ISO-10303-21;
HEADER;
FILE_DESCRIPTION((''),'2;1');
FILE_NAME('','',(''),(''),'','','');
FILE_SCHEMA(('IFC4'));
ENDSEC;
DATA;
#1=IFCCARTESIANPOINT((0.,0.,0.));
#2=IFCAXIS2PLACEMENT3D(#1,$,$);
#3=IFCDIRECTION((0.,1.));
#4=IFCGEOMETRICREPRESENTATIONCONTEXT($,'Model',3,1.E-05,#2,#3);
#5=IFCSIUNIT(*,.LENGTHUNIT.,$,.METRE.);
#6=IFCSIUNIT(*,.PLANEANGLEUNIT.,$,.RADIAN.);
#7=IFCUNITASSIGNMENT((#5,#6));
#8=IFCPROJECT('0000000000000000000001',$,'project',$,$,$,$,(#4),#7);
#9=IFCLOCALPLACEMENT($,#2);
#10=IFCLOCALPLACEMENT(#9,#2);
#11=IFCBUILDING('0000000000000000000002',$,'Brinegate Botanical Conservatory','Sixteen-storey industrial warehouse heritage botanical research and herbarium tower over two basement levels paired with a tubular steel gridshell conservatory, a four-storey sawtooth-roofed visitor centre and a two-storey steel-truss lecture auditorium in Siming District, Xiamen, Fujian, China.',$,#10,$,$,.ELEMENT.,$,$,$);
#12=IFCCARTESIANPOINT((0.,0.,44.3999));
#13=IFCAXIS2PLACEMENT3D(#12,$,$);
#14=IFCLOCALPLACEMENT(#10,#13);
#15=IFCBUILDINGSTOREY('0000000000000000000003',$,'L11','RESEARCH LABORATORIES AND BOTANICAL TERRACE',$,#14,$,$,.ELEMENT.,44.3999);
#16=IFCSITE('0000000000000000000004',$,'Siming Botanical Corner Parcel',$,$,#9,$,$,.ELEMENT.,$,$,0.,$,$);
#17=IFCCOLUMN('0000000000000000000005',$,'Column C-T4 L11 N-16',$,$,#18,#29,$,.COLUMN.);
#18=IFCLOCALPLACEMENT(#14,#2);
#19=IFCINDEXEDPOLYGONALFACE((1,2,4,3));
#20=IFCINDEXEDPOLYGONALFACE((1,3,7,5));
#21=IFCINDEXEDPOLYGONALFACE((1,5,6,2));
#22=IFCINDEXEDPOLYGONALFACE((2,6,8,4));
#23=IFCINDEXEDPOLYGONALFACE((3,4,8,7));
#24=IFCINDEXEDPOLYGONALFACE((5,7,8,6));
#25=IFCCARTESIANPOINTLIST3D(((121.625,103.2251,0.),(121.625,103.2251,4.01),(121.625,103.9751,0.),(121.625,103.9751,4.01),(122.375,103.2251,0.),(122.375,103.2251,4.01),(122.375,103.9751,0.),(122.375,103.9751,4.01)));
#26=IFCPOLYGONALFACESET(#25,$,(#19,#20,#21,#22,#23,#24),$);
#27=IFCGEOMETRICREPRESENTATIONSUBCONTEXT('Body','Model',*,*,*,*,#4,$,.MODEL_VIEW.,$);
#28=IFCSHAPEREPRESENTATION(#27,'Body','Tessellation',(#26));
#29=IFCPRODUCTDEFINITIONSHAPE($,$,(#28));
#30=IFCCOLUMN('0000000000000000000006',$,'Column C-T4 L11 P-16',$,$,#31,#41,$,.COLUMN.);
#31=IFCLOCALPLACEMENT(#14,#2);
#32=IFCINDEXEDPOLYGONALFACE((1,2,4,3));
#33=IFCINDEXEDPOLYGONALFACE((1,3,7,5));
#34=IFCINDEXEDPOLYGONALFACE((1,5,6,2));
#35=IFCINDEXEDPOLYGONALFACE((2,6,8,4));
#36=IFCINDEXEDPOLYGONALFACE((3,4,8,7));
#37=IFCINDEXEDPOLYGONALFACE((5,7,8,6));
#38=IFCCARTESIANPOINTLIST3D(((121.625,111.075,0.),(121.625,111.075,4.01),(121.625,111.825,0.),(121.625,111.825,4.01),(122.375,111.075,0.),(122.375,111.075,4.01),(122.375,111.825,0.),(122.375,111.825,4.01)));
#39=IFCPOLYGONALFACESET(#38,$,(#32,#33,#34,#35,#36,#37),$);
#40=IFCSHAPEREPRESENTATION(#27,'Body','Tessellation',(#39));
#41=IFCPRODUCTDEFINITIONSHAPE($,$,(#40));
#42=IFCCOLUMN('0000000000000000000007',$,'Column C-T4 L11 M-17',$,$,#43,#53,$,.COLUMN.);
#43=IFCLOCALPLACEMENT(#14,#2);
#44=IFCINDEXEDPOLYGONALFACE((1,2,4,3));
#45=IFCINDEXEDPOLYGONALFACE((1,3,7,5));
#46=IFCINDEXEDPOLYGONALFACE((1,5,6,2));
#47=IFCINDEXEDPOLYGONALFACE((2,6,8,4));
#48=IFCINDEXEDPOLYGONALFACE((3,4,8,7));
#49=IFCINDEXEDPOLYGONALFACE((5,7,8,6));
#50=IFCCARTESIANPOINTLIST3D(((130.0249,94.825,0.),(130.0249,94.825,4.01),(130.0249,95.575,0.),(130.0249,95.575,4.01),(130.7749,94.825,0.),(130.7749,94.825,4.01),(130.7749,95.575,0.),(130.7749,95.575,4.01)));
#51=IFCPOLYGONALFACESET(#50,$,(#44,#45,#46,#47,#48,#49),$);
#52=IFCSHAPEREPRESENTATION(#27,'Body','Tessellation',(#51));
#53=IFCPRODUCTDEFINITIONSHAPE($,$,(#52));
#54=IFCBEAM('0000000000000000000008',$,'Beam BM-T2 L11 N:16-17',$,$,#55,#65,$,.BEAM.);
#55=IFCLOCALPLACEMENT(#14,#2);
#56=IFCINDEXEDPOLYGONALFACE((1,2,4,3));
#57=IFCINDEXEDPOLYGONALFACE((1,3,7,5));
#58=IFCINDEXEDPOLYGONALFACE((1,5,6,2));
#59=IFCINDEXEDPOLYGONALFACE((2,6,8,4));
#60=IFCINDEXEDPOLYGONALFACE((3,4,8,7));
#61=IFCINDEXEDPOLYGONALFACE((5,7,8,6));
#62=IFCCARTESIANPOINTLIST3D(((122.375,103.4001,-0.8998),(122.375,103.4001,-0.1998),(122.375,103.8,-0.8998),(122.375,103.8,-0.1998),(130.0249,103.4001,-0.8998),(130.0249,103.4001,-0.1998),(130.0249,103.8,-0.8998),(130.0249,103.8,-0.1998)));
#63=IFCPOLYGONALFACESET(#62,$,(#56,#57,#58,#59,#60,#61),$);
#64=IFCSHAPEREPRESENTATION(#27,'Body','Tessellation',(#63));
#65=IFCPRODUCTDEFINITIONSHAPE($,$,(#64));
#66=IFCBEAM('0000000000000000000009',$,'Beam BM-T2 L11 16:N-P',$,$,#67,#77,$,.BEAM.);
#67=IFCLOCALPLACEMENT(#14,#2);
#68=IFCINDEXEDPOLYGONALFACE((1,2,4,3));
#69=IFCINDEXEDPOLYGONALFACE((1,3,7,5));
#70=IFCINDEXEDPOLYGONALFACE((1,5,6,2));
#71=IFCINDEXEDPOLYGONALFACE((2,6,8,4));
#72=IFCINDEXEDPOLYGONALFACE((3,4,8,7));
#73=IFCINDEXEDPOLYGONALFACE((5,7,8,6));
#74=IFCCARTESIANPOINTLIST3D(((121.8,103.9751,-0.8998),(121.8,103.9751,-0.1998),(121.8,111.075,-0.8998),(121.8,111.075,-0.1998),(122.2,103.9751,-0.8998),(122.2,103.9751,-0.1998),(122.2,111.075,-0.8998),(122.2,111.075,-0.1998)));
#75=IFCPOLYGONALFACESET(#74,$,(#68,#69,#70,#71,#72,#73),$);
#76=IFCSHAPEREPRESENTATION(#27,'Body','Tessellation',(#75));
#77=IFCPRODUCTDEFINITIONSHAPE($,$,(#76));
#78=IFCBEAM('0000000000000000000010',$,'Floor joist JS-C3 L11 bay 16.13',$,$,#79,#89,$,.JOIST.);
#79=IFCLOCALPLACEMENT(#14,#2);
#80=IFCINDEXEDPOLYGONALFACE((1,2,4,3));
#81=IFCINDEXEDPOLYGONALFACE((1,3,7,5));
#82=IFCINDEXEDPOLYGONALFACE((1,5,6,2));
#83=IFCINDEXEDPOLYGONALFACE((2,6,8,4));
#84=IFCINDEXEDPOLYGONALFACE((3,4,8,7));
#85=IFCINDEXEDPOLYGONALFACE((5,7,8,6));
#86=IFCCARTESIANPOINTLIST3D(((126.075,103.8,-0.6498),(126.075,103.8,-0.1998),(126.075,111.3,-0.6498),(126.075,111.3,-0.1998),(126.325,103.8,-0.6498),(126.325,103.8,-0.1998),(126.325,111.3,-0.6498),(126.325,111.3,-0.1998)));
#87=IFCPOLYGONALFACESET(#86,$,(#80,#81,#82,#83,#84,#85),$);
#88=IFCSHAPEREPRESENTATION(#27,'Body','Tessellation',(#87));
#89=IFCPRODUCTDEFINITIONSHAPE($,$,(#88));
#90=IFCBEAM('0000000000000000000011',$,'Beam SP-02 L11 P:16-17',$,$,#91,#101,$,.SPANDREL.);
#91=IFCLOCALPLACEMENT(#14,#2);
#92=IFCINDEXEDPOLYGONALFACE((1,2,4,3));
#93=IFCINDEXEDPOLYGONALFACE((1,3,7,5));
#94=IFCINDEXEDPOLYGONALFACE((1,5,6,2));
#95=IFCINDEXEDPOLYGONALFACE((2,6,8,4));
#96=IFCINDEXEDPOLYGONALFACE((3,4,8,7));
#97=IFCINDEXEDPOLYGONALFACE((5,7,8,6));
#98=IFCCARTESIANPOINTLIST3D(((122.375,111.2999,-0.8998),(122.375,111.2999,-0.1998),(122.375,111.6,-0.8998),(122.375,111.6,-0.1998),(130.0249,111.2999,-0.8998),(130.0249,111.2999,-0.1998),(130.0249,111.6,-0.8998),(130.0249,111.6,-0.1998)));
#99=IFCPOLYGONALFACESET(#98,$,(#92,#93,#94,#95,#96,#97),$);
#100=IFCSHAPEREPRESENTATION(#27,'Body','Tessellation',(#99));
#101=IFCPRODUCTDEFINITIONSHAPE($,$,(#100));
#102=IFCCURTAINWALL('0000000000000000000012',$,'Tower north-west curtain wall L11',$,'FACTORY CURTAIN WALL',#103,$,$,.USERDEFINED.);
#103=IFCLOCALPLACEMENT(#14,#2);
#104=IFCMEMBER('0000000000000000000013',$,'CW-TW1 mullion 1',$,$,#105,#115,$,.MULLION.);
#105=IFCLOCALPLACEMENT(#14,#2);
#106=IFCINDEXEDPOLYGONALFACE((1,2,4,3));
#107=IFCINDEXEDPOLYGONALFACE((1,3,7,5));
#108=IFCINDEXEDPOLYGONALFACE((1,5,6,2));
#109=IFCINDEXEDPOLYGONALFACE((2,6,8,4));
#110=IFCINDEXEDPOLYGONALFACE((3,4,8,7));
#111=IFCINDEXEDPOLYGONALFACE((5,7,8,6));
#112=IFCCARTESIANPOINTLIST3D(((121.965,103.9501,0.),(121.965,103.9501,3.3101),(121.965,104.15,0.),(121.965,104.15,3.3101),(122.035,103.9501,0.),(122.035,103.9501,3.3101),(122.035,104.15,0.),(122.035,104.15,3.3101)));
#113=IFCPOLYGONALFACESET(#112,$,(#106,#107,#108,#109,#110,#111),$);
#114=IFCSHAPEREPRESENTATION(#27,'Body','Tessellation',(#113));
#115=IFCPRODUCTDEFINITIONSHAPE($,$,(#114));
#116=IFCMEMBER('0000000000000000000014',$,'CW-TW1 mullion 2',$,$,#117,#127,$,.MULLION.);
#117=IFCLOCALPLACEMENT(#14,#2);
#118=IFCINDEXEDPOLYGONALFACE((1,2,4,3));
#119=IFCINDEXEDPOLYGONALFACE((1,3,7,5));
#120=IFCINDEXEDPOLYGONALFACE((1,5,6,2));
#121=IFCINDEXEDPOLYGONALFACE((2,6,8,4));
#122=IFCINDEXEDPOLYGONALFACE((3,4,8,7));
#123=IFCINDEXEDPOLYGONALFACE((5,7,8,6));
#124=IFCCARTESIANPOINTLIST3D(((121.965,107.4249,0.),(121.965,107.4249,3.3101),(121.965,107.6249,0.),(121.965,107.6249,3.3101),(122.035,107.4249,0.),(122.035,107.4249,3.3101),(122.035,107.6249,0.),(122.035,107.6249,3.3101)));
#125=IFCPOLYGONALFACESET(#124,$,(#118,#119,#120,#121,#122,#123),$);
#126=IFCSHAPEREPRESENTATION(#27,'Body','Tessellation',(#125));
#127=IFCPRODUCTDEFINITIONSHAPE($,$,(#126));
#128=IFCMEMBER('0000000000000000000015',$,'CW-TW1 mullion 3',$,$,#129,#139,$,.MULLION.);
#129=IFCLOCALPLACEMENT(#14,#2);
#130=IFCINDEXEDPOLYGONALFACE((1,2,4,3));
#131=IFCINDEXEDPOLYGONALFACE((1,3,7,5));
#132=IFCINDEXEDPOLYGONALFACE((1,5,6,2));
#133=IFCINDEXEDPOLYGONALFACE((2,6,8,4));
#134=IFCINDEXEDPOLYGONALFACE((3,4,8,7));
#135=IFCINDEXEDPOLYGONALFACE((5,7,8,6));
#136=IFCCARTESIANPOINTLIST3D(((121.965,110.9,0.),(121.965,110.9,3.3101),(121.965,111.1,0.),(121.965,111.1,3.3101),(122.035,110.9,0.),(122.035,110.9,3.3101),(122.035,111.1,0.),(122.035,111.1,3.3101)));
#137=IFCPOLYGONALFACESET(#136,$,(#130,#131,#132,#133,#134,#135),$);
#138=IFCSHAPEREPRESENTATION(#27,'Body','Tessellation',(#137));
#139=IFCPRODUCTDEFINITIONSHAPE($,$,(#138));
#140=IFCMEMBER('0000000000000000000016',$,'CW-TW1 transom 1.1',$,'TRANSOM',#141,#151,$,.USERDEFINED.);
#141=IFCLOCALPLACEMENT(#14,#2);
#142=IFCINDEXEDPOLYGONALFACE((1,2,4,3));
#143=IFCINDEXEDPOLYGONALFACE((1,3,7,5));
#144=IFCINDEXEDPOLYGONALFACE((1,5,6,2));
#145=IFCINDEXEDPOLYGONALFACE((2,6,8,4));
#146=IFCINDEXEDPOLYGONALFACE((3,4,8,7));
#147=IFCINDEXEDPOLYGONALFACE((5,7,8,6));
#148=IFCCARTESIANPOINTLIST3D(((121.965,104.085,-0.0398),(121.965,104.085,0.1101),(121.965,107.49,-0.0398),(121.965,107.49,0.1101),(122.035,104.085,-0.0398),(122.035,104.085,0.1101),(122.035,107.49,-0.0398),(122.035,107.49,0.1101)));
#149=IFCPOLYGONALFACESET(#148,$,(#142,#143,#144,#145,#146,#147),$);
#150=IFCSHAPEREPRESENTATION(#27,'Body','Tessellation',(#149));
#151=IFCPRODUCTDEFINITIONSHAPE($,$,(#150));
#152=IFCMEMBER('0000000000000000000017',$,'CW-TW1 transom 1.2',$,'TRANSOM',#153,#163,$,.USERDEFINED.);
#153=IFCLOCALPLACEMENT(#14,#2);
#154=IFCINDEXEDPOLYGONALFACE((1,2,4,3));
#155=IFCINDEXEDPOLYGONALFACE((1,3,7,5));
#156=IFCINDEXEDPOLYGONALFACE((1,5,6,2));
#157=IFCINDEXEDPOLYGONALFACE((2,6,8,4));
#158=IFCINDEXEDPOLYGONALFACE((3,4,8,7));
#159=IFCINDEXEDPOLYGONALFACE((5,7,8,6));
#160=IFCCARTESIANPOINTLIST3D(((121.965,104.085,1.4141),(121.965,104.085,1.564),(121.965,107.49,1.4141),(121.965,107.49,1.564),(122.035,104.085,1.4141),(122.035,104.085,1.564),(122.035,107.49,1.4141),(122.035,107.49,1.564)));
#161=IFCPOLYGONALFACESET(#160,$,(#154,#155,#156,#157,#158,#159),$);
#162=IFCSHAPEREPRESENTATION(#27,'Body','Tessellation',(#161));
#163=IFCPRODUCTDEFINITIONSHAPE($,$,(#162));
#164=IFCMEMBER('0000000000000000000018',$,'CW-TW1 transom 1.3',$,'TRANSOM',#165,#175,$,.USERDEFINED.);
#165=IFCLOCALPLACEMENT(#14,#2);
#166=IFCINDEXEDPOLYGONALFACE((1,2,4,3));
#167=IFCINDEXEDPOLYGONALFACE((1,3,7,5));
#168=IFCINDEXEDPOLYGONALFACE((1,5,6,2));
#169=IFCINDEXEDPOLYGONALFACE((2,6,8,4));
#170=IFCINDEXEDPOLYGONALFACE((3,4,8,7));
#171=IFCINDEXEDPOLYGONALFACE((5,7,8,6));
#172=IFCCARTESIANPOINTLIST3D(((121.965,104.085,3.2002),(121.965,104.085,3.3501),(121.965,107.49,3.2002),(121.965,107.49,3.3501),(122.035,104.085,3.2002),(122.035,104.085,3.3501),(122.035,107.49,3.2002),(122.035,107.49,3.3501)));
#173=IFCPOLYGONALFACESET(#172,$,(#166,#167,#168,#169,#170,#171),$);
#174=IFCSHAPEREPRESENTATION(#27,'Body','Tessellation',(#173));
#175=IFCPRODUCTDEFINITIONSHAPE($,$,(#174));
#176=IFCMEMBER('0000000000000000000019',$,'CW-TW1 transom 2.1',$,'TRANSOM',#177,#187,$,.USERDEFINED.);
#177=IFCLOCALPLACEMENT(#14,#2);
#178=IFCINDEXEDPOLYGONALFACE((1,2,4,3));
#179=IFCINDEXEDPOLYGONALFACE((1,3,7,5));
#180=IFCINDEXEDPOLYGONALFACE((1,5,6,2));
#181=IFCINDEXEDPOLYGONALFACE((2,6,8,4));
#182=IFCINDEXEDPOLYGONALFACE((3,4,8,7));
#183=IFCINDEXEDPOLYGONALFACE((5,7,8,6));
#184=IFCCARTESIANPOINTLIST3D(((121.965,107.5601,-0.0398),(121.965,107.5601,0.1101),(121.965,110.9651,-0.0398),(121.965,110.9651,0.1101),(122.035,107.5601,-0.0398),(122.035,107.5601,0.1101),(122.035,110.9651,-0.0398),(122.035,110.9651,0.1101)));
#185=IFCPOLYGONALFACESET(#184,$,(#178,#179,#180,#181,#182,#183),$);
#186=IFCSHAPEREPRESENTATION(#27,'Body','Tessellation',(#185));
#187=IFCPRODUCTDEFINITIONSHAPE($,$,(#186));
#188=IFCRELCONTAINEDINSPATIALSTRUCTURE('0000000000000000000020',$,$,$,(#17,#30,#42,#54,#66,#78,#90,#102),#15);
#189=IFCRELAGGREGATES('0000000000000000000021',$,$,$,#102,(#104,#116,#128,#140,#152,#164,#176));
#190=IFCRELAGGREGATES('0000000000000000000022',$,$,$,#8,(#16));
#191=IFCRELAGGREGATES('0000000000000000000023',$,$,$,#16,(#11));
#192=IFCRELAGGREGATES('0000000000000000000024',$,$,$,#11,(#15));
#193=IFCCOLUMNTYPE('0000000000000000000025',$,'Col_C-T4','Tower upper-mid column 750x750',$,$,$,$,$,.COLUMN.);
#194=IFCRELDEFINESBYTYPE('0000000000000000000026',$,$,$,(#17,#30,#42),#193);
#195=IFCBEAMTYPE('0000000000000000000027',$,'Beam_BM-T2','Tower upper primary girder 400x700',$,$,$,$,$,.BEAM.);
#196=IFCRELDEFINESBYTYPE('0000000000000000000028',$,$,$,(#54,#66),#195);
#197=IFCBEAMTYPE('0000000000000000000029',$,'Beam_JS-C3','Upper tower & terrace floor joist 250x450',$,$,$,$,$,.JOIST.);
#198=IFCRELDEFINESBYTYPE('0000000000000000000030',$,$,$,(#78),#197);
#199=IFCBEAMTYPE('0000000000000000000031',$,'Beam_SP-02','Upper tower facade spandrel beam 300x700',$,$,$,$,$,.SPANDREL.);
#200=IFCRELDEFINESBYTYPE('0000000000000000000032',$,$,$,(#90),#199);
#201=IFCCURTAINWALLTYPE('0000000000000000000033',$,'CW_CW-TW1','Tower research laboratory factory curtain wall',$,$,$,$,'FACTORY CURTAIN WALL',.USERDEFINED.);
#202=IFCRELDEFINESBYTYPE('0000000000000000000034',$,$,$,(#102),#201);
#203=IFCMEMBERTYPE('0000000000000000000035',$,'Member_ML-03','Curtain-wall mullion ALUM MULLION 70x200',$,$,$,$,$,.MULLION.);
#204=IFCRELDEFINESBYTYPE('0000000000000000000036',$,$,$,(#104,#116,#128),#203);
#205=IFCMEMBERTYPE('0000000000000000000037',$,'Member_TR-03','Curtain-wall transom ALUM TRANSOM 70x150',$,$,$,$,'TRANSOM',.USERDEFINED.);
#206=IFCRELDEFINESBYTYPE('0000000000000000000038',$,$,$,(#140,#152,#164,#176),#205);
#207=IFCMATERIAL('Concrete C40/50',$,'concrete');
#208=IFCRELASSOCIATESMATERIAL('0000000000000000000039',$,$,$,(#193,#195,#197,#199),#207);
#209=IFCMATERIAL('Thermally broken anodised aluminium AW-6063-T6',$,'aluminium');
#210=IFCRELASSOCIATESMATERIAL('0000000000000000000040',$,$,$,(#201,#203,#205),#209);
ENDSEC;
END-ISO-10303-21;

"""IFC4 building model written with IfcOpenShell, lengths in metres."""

from ifc_helpers import new_model, si_unit, direction, frame, origin, origin_2d, place, context, subcontext, project, spatial, rectangle, extrude, material, material_profile, profile_set, type_object, element, aggregate, save


model = new_model("IFC4")

# Units and contexts
model_context = context("Model", 3, precision=1e-05, world=origin(), true_north=direction((0.0, 1.0)))
body_context = subcontext(model_context, "Body", "Model", "MODEL_VIEW")
ifc_project = project(units=[si_unit("LENGTHUNIT", "METRE"), si_unit("PLANEANGLEUNIT", "RADIAN")], contexts=[model_context])

# Site, building, storey
site_placement = place(None, origin())
site = spatial("IfcSite", under=ifc_project, at=site_placement, Name="Siming Botanical Corner Parcel", CompositionType="ELEMENT", RefElevation=0.0)
building_placement = place(site_placement, origin())
building = spatial("IfcBuilding", under=site, at=building_placement, Name="Brinegate Botanical Conservatory", Description="Sixteen-storey industrial warehouse heritage botanical research and herbarium tower over two basement levels paired with a tubular steel gridshell conservatory, a four-storey sawtooth-roofed visitor centre and a two-storey steel-truss lecture auditorium in Siming District, Xiamen, Fujian, China.", CompositionType="ELEMENT")
storey_placement = place(building_placement, frame((0.0, 0.0, 44.3999)))
storey = spatial("IfcBuildingStorey", under=building, at=storey_placement, Name="L11", Description="RESEARCH LABORATORIES AND BOTANICAL TERRACE", CompositionType="ELEMENT", Elevation=44.3999)

# Columns
ifc_material_1 = material(Name="Concrete C40/50", Category="concrete")
ifc_material_profile_1 = material_profile(ifc_material_1, rectangle(XDim=0.75, YDim=0.75, at=origin_2d()), Name="RC COL 750x750")
ifc_profile_set_1 = profile_set([ifc_material_profile_1], Name="Concrete C40/50")
column_type = type_object("IfcColumnType", Name="Col_C-T4", Description="Tower upper-mid column 750x750", PredefinedType="COLUMN", material=ifc_profile_set_1)
for number, where, z_axis, x_axis, name in (
    (1, (122.0, 103.6001, 0.0), (0.0, 0.0, 1.0), (1.0, 0.0, 0.0), "Column C-T4 L11 N-16"),
    (2, (122.0, 111.45, 0.0), (0.0, 0.0, 1.0), (1.0, 0.0, 0.0), "Column C-T4 L11 P-16"),
    (3, (130.3999, 95.2, 0.0), (0.0, 0.0, 1.0), (1.0, 0.0, 0.0), "Column C-T4 L11 M-17"),
):
    element("IfcColumn", number, at=place(storey_placement, frame(where, z_axis=z_axis, x_axis=x_axis)), inside=storey, type_object=column_type, Name=name, PredefinedType="COLUMN", context=body_context, shape_type="SweptSolid", body=[
        extrude(rectangle(XDim=0.75, YDim=0.75, at=origin_2d()), origin(), (0.0, 0.0, 1.0), 4.01),
    ])

# Beams
ifc_material_profile_2 = material_profile(ifc_material_1, rectangle(XDim=0.3999, YDim=0.7, at=origin_2d()), Name="RC BM 400x700")
ifc_profile_set_2 = profile_set([ifc_material_profile_2], Name="Concrete C40/50")
beam_type_1 = type_object("IfcBeamType", Name="Beam_BM-T2", Description="Tower upper primary girder 400x700", PredefinedType="BEAM", material=ifc_profile_set_2)
beam_1_placement = place(storey_placement, frame((122.375, 103.6001, -0.5498), z_axis=(1.0, 0.0, 0.0), x_axis=(0.0, 1.0, 0.0)))
element("IfcBeam", 4, at=beam_1_placement, inside=storey, type_object=beam_type_1, Name="Beam BM-T2 L11 N:16-17", PredefinedType="BEAM", context=body_context, shape_type="SweptSolid", body=[
    extrude(rectangle(XDim=0.3999, YDim=0.7, at=origin_2d()), origin(), (0.0, 0.0, 1.0), 7.6499),
])
beam_2_placement = place(storey_placement, frame((122.0, 103.9751, -0.5498), z_axis=(0.0, 1.0, 0.0), x_axis=(-1.0, 0.0, 0.0)))
element("IfcBeam", 5, at=beam_2_placement, inside=storey, type_object=beam_type_1, Name="Beam BM-T2 L11 16:N-P", PredefinedType="BEAM", context=body_context, shape_type="SweptSolid", body=[
    extrude(rectangle(XDim=0.3999, YDim=0.7, at=origin_2d()), origin(), (0.0, 0.0, 1.0), 7.0999),
])
ifc_material_profile_3 = material_profile(ifc_material_1, rectangle(XDim=0.25, YDim=0.45, at=origin_2d()), Name="RC JST 250x450")
ifc_profile_set_3 = profile_set([ifc_material_profile_3], Name="Concrete C40/50")
beam_type_2 = type_object("IfcBeamType", Name="Beam_JS-C3", Description="Upper tower & terrace floor joist 250x450", PredefinedType="JOIST", material=ifc_profile_set_3)
beam_3_placement = place(storey_placement, frame((126.2, 103.8, -0.4248), z_axis=(0.0, 1.0, 0.0), x_axis=(-1.0, 0.0, 0.0)))
element("IfcBeam", 6, at=beam_3_placement, inside=storey, type_object=beam_type_2, Name="Floor joist JS-C3 L11 bay 16.13", PredefinedType="JOIST", context=body_context, shape_type="SweptSolid", body=[
    extrude(rectangle(XDim=0.25, YDim=0.45, at=origin_2d()), origin(), (0.0, 0.0, 1.0), 7.5),
])
ifc_material_profile_4 = material_profile(ifc_material_1, rectangle(XDim=0.3, YDim=0.7, at=origin_2d()), Name="RC SPN 300x700")
ifc_profile_set_4 = profile_set([ifc_material_profile_4], Name="Concrete C40/50")
beam_type_3 = type_object("IfcBeamType", Name="Beam_SP-02", Description="Upper tower facade spandrel beam 300x700", PredefinedType="SPANDREL", material=ifc_profile_set_4)
beam_4_placement = place(storey_placement, frame((122.375, 111.45, -0.5498), z_axis=(1.0, 0.0, 0.0), x_axis=(0.0, 1.0, 0.0)))
element("IfcBeam", 7, at=beam_4_placement, inside=storey, type_object=beam_type_3, Name="Beam SP-02 L11 P:16-17", PredefinedType="SPANDREL", context=body_context, shape_type="SweptSolid", body=[
    extrude(rectangle(XDim=0.3, YDim=0.7, at=origin_2d()), origin(), (0.0, 0.0, 1.0), 7.6499),
])

# Curtain wall, members
ifc_material_2 = material(Name="Thermally broken anodised aluminium AW-6063-T6", Category="aluminium")
curtain_wall_type = type_object("IfcCurtainWallType", Name="CW_CW-TW1", Description="Tower research laboratory factory curtain wall", ElementType="FACTORY CURTAIN WALL", PredefinedType="USERDEFINED", material=ifc_material_2)
curtain_wall_placement = place(storey_placement, origin())
curtain_wall = element("IfcCurtainWall", 8, at=curtain_wall_placement, inside=storey, type_object=curtain_wall_type, Name="Tower north-west curtain wall L11", ObjectType="FACTORY CURTAIN WALL", PredefinedType="USERDEFINED")
ifc_material_profile_5 = material_profile(ifc_material_2, rectangle(XDim=0.0701, YDim=0.2, at=origin_2d()), Name="ALUM MULLION 70x200")
ifc_profile_set_5 = profile_set([ifc_material_profile_5], Name="Thermally broken anodised aluminium AW-6063-T6")
member_type_1 = type_object("IfcMemberType", Name="Member_ML-03", Description="Curtain-wall mullion ALUM MULLION 70x200", PredefinedType="MULLION", material=ifc_profile_set_5)
member_1_placement = place(storey_placement, frame((122.0, 104.05, 0.0), z_axis=(0.0, 0.0, 1.0), x_axis=(-1.0, 0.0, 0.0)))
member_1 = element("IfcMember", 9, at=member_1_placement, type_object=member_type_1, Name="CW-TW1 mullion 1", PredefinedType="MULLION", context=body_context, shape_type="SweptSolid", body=[
    extrude(rectangle(XDim=0.0701, YDim=0.2, at=origin_2d()), origin(), (0.0, 0.0, 1.0), 3.3101),
])
member_2_placement = place(storey_placement, frame((122.0, 107.5249, 0.0), z_axis=(0.0, 0.0, 1.0), x_axis=(-1.0, 0.0, 0.0)))
member_2 = element("IfcMember", 10, at=member_2_placement, type_object=member_type_1, Name="CW-TW1 mullion 2", PredefinedType="MULLION", context=body_context, shape_type="SweptSolid", body=[
    extrude(rectangle(XDim=0.0701, YDim=0.2, at=origin_2d()), origin(), (0.0, 0.0, 1.0), 3.3101),
])
member_3_placement = place(storey_placement, frame((122.0, 111.0, 0.0), z_axis=(0.0, 0.0, 1.0), x_axis=(-1.0, 0.0, 0.0)))
member_3 = element("IfcMember", 11, at=member_3_placement, type_object=member_type_1, Name="CW-TW1 mullion 3", PredefinedType="MULLION", context=body_context, shape_type="SweptSolid", body=[
    extrude(rectangle(XDim=0.0701, YDim=0.2, at=origin_2d()), origin(), (0.0, 0.0, 1.0), 3.3101),
])
ifc_material_profile_6 = material_profile(ifc_material_2, rectangle(XDim=0.0701, YDim=0.1499, at=origin_2d()), Name="ALUM TRANSOM 70x150")
ifc_profile_set_6 = profile_set([ifc_material_profile_6], Name="Thermally broken anodised aluminium AW-6063-T6")
member_type_2 = type_object("IfcMemberType", Name="Member_TR-03", Description="Curtain-wall transom ALUM TRANSOM 70x150", ElementType="TRANSOM", PredefinedType="USERDEFINED", material=ifc_profile_set_6)
member_4_placement = place(storey_placement, frame((122.0, 104.085, 0.0352), z_axis=(0.0, 1.0, 0.0), x_axis=(-1.0, 0.0, 0.0)))
member_4 = element("IfcMember", 12, at=member_4_placement, type_object=member_type_2, Name="CW-TW1 transom 1.1", ObjectType="TRANSOM", PredefinedType="USERDEFINED", context=body_context, shape_type="SweptSolid", body=[
    extrude(rectangle(XDim=0.0701, YDim=0.1499, at=origin_2d()), origin(), (0.0, 0.0, 1.0), 3.405),
])
member_5_placement = place(storey_placement, frame((122.0, 104.085, 1.489), z_axis=(0.0, 1.0, 0.0), x_axis=(-1.0, 0.0, 0.0)))
member_5 = element("IfcMember", 13, at=member_5_placement, type_object=member_type_2, Name="CW-TW1 transom 1.2", ObjectType="TRANSOM", PredefinedType="USERDEFINED", context=body_context, shape_type="SweptSolid", body=[
    extrude(rectangle(XDim=0.0701, YDim=0.1499, at=origin_2d()), origin(), (0.0, 0.0, 1.0), 3.405),
])
member_6_placement = place(storey_placement, frame((122.0, 104.085, 3.2751), z_axis=(0.0, 1.0, 0.0), x_axis=(-1.0, 0.0, 0.0)))
member_6 = element("IfcMember", 14, at=member_6_placement, type_object=member_type_2, Name="CW-TW1 transom 1.3", ObjectType="TRANSOM", PredefinedType="USERDEFINED", context=body_context, shape_type="SweptSolid", body=[
    extrude(rectangle(XDim=0.0701, YDim=0.1499, at=origin_2d()), origin(), (0.0, 0.0, 1.0), 3.405),
])
member_7_placement = place(storey_placement, frame((122.0, 107.5601, 0.0352), z_axis=(0.0, 1.0, 0.0), x_axis=(-1.0, 0.0, 0.0)))
member_7 = element("IfcMember", 15, at=member_7_placement, type_object=member_type_2, Name="CW-TW1 transom 2.1", ObjectType="TRANSOM", PredefinedType="USERDEFINED", context=body_context, shape_type="SweptSolid", body=[
    extrude(rectangle(XDim=0.0701, YDim=0.1499, at=origin_2d()), origin(), (0.0, 0.0, 1.0), 3.405),
])
aggregate(curtain_wall, [member_1, member_2, member_3, member_4, member_5, member_6, member_7])

save(model, "model.ifc")
